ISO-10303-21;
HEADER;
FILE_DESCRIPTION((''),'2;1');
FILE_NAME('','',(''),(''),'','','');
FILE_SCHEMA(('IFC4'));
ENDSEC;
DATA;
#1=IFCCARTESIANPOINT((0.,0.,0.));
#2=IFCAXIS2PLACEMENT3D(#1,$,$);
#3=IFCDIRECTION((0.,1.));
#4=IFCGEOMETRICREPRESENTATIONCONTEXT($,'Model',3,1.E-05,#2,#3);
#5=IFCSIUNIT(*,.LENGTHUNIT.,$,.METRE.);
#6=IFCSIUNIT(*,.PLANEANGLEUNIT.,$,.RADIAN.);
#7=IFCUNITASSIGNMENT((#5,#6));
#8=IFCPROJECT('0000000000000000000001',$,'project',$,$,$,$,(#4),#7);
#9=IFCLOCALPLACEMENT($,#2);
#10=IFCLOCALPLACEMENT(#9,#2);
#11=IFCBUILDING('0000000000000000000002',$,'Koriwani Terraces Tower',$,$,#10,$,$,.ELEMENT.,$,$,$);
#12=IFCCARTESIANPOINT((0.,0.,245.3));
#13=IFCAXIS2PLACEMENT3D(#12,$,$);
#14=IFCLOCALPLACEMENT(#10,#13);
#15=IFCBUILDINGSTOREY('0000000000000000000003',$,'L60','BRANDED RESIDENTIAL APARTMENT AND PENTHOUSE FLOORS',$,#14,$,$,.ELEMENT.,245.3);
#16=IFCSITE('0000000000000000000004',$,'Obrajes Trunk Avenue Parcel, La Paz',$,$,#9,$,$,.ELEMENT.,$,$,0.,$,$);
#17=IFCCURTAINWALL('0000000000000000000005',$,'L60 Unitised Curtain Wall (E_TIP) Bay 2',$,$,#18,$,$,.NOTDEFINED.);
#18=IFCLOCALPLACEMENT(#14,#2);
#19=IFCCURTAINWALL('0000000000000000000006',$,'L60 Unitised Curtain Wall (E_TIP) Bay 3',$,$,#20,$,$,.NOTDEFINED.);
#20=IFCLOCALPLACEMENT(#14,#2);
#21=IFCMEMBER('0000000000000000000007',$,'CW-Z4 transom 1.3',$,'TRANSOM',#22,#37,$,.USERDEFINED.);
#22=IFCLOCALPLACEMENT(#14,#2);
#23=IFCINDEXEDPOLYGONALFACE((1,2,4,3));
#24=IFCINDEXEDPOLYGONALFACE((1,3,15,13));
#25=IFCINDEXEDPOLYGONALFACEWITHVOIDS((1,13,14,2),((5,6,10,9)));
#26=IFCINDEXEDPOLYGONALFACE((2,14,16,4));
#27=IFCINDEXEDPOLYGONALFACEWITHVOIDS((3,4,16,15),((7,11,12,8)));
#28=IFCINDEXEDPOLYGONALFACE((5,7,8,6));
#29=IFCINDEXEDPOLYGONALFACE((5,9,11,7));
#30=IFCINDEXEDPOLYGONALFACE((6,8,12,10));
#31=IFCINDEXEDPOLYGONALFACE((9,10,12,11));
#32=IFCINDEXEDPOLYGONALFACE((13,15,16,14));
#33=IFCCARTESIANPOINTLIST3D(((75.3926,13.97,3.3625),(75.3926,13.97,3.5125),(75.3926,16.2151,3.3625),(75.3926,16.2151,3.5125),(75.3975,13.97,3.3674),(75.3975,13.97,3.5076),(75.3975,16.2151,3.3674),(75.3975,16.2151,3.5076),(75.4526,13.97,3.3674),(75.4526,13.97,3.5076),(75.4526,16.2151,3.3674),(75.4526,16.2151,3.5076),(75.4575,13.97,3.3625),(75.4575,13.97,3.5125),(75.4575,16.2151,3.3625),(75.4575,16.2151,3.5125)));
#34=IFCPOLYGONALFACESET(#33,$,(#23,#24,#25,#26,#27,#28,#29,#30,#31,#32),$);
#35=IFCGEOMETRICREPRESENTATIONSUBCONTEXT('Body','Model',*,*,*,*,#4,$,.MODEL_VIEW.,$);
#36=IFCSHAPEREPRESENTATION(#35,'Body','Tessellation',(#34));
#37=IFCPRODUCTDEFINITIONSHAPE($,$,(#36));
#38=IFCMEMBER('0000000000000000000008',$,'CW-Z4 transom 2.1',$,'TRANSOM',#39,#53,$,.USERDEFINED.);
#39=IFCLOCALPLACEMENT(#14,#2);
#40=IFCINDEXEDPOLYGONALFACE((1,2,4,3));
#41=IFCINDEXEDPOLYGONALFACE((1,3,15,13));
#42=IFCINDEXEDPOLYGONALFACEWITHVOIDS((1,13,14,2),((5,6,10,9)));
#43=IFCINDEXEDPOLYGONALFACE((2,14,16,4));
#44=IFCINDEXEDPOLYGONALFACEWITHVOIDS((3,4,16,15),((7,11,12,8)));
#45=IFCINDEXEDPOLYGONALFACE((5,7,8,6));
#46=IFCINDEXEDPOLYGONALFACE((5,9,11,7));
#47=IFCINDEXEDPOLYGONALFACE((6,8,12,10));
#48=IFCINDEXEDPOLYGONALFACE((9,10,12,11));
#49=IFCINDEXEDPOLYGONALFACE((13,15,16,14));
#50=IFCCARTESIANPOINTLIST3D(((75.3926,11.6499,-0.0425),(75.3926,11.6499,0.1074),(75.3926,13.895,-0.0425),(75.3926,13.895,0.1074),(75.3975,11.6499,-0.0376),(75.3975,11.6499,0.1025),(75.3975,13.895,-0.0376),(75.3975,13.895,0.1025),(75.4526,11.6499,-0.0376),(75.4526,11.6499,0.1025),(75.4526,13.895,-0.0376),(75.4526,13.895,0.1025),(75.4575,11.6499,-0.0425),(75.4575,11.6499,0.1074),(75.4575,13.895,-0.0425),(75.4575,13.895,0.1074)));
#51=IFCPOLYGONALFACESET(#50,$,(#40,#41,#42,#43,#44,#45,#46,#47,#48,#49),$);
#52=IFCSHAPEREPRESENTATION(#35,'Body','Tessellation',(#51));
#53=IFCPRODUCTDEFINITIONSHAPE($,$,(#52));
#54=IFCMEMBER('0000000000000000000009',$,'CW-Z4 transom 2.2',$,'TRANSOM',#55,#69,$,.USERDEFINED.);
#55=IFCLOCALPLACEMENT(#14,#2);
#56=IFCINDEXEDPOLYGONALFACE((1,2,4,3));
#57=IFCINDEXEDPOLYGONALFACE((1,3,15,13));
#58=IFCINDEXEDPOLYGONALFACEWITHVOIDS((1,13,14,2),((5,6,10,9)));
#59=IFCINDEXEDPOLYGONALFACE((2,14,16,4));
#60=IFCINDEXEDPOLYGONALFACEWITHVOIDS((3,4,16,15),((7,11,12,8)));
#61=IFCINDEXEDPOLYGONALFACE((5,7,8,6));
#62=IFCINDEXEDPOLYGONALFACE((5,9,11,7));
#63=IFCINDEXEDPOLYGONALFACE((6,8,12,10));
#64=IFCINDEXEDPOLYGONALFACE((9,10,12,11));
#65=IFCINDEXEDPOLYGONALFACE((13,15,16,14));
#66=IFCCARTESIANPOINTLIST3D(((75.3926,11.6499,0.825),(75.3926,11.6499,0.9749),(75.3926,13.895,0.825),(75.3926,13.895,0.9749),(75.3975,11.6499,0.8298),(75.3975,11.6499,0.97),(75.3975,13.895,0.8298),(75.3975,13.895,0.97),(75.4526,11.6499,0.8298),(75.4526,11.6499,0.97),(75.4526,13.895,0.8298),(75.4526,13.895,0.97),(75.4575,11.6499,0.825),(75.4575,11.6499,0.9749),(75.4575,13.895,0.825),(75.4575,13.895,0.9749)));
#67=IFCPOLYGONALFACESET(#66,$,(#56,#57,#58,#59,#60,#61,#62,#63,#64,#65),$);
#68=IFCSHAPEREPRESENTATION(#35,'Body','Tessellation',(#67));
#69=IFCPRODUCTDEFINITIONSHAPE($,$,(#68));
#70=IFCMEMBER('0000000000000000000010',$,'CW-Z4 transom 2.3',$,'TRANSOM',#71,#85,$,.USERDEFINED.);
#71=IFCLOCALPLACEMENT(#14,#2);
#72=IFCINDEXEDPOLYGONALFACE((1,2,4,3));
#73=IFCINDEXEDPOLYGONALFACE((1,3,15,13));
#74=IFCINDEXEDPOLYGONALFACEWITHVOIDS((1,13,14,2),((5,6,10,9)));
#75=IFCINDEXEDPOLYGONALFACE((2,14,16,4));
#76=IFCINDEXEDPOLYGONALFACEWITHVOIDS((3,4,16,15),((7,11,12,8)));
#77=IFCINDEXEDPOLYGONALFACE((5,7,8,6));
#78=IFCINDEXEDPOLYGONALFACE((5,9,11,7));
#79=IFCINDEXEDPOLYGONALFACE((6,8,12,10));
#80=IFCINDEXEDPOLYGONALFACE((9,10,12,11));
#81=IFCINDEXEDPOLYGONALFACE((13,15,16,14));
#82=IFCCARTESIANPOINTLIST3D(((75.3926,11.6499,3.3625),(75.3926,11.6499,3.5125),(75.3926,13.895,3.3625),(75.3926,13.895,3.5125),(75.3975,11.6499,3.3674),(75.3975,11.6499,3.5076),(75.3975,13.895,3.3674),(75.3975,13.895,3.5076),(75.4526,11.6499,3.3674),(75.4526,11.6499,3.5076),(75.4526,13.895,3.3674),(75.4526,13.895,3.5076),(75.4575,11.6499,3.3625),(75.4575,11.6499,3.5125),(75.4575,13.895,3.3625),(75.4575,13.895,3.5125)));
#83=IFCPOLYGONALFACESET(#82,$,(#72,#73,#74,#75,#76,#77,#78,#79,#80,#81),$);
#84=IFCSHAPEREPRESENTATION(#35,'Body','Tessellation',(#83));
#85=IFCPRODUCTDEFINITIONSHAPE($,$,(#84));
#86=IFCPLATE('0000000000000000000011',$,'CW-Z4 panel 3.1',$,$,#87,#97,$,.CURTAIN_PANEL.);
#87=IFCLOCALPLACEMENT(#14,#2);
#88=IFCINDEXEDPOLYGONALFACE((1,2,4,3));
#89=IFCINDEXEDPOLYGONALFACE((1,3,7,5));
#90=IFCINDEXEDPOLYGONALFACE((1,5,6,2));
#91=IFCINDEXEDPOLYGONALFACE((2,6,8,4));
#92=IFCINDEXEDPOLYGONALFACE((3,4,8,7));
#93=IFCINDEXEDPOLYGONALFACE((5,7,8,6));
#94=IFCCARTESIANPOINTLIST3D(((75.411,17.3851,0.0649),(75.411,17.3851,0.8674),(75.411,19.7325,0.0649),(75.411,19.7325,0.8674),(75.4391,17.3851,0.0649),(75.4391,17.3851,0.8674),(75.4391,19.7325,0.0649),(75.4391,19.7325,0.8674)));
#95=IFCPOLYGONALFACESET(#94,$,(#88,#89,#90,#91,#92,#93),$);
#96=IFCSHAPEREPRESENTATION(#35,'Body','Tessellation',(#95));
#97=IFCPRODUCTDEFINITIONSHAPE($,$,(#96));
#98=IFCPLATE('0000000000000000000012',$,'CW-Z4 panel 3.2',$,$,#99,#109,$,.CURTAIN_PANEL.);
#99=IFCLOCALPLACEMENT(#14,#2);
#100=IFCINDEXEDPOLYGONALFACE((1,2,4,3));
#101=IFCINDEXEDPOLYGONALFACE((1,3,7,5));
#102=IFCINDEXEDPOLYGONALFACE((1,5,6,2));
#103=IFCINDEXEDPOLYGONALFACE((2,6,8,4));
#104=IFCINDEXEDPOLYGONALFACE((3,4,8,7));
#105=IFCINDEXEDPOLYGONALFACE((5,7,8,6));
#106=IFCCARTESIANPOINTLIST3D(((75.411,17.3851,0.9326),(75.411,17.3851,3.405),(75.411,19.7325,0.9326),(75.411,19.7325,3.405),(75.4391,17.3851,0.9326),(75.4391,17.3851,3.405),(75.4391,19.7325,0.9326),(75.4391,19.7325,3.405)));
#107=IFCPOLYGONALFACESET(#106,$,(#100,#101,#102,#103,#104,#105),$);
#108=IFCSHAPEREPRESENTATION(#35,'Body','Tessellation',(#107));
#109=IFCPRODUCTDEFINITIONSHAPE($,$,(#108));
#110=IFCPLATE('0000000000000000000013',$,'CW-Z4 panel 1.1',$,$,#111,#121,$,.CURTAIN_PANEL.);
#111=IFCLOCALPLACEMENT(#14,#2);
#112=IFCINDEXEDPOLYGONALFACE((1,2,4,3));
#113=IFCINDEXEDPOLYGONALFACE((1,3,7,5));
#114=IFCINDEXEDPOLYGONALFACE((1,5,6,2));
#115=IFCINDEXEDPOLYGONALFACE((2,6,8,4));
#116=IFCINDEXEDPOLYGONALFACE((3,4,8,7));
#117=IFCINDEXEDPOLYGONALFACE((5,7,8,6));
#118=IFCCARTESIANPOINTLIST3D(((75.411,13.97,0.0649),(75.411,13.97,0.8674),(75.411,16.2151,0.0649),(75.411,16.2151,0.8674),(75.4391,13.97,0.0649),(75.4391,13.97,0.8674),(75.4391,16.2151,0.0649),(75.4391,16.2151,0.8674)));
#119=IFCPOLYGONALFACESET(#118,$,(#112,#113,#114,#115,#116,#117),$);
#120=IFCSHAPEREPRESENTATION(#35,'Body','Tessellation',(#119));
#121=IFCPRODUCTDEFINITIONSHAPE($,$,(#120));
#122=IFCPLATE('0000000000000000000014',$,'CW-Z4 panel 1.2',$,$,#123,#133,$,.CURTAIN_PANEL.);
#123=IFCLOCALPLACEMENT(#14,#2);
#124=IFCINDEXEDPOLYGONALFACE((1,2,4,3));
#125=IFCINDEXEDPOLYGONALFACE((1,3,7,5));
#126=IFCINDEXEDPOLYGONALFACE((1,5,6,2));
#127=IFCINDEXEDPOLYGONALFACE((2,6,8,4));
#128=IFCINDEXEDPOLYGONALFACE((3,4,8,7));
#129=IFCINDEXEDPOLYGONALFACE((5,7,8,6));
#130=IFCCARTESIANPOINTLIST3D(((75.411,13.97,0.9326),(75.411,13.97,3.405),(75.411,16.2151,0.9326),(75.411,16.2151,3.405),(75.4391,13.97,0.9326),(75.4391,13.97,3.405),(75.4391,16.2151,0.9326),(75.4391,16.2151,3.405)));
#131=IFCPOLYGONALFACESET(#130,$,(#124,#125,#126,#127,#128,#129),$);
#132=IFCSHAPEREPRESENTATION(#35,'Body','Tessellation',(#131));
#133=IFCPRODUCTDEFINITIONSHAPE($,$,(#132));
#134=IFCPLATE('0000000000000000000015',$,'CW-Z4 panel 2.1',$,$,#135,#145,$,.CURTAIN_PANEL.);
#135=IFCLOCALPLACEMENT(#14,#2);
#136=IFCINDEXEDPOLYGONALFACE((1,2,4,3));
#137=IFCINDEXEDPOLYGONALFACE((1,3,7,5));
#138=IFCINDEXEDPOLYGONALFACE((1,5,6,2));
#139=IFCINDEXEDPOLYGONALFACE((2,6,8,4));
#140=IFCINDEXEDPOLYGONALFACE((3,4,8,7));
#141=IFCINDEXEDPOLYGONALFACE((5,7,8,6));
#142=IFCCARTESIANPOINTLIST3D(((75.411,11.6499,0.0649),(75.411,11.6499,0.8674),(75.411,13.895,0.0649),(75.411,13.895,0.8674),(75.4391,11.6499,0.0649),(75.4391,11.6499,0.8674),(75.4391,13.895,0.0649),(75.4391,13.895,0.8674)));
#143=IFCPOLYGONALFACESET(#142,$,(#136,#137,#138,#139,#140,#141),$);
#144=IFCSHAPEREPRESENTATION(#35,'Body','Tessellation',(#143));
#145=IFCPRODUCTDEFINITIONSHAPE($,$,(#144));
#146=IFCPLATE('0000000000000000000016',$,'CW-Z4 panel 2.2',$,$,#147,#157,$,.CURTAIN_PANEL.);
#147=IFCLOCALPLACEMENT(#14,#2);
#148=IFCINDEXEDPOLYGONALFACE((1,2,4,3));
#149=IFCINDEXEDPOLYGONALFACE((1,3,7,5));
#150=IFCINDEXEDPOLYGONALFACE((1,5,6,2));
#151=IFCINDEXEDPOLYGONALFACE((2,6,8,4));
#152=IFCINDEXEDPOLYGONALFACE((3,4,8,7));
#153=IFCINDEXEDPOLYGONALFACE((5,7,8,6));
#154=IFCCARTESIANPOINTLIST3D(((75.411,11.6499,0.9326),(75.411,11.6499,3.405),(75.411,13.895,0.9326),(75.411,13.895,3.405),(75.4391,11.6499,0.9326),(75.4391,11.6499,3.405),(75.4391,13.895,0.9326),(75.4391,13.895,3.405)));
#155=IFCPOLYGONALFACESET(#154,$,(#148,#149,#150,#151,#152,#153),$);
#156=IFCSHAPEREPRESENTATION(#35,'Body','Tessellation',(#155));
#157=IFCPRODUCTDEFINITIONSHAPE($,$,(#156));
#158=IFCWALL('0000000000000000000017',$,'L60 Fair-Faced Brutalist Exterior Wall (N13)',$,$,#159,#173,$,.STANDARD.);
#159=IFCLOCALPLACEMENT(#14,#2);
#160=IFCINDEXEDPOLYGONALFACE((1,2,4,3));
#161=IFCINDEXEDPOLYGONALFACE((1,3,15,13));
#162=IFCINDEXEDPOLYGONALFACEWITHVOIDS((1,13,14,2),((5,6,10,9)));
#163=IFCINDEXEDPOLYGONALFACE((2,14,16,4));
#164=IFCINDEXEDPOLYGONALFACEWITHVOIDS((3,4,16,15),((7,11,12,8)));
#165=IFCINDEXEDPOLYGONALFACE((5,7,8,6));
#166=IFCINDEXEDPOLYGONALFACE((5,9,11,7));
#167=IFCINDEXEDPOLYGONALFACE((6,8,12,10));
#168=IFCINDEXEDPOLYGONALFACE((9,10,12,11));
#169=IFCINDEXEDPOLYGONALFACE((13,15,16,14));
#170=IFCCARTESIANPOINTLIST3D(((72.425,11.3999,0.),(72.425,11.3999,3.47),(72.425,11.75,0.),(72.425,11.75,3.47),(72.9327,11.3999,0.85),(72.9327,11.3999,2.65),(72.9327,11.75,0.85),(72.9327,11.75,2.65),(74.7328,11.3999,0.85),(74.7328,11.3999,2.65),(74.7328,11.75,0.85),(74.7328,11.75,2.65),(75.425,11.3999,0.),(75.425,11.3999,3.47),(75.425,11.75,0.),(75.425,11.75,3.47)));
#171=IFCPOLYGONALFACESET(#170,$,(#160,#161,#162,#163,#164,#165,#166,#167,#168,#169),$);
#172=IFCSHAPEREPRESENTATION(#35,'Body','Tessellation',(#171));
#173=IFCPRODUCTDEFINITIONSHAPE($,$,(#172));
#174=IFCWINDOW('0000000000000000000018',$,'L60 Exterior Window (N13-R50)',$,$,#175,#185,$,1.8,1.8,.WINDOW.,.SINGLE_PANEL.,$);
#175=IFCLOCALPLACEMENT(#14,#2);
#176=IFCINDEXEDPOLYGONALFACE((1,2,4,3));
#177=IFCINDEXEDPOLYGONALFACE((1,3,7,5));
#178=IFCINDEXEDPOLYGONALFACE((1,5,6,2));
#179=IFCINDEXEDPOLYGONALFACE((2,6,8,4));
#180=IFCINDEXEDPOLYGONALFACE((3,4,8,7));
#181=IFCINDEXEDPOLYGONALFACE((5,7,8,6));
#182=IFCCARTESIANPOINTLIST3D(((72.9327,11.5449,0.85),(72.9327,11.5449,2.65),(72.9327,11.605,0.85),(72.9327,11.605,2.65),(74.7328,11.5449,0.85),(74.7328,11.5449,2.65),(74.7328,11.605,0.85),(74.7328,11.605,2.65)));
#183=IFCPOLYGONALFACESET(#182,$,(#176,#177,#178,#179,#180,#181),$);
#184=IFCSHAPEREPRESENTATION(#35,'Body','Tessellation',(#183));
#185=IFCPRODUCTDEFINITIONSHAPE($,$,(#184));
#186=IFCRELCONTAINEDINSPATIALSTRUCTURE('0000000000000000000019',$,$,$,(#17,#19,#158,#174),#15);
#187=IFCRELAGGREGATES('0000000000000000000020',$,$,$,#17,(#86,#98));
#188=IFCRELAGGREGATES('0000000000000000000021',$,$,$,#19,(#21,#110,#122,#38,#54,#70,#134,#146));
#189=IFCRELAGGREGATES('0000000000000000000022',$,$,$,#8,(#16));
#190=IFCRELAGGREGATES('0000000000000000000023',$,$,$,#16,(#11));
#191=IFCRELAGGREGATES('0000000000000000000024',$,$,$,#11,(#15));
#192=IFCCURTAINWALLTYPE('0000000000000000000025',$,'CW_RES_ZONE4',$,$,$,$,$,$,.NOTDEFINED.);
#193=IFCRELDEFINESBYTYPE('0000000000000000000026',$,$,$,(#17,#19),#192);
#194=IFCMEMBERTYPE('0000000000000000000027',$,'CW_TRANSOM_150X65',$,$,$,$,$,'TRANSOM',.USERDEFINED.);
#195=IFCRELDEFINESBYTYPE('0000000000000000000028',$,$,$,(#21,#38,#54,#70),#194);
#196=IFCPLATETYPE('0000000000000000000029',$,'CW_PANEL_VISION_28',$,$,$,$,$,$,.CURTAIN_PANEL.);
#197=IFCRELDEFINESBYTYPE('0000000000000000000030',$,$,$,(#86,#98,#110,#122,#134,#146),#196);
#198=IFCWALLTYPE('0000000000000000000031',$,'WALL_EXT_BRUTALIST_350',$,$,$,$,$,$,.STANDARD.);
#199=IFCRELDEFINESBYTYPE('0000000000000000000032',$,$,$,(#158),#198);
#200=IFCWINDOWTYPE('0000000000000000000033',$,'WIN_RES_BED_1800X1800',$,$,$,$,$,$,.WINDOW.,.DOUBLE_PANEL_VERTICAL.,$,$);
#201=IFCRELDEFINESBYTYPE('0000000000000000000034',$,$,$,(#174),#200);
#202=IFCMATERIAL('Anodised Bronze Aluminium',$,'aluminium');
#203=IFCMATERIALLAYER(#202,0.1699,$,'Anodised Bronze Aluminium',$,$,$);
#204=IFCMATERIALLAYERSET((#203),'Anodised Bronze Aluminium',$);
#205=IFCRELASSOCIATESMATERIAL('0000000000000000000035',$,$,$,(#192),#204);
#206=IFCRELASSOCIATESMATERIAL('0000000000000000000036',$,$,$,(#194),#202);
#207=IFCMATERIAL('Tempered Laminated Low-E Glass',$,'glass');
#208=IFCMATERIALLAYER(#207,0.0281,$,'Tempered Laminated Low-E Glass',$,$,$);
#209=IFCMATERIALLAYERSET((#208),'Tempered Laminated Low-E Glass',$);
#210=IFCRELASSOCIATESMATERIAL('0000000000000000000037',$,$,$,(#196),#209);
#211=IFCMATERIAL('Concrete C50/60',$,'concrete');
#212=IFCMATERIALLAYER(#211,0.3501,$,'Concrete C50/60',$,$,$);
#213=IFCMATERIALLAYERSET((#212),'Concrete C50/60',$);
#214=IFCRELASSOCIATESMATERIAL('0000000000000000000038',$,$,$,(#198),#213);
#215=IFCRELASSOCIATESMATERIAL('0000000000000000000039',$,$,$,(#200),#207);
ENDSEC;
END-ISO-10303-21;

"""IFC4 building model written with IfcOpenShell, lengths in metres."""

from ifc_helpers import new_model, si_unit, direction, frame, frame_2d, origin, origin_2d, place, context, subcontext, project, spatial, rectangle, hollow_rectangle, extrude, material, layer, layer_set, material_profile, profile_set, type_object, element, fill, aggregate, save


model = new_model("IFC4")

# Units and contexts
model_context = context("Model", 3, precision=1e-05, world=origin(), true_north=direction((0.0, 1.0)))
body_context = subcontext(model_context, "Body", "Model", "MODEL_VIEW")
ifc_project = project(units=[si_unit("LENGTHUNIT", "METRE"), si_unit("PLANEANGLEUNIT", "RADIAN")], contexts=[model_context])

# Site, building, storey
site_placement = place(None, origin())
site = spatial("IfcSite", under=ifc_project, at=site_placement, Name="Obrajes Trunk Avenue Parcel, La Paz", CompositionType="ELEMENT", RefElevation=0.0)
building_placement = place(site_placement, origin())
building = spatial("IfcBuilding", under=site, at=building_placement, Name="Koriwani Terraces Tower", CompositionType="ELEMENT")
storey_placement = place(building_placement, frame((0.0, 0.0, 245.3)))
storey = spatial("IfcBuildingStorey", under=building, at=storey_placement, Name="L60", Description="BRANDED RESIDENTIAL APARTMENT AND PENTHOUSE FLOORS", CompositionType="ELEMENT", Elevation=245.3)

# Shared definitions
ifc_material_1 = material(Name="Concrete C50/60", Category="concrete")

# Curtain walls
ifc_material_2 = material(Name="Anodised Bronze Aluminium", Category="aluminium")
ifc_layer_1 = layer(ifc_material_2, 0.1699, Name="Anodised Bronze Aluminium")
ifc_layer_set_1 = layer_set([ifc_layer_1], Name="Anodised Bronze Aluminium")
curtain_wall_type = type_object("IfcCurtainWallType", Name="CW_RES_ZONE4", PredefinedType="NOTDEFINED", material=ifc_layer_set_1)
curtain_wall_1_placement = place(storey_placement, origin())
curtain_wall_1 = element("IfcCurtainWall", 1, at=curtain_wall_1_placement, inside=storey, type_object=curtain_wall_type, Name="L60 Unitised Curtain Wall (E_TIP) Bay 2", PredefinedType="NOTDEFINED")
curtain_wall_2_placement = place(storey_placement, origin())
curtain_wall_2 = element("IfcCurtainWall", 2, at=curtain_wall_2_placement, inside=storey, type_object=curtain_wall_type, Name="L60 Unitised Curtain Wall (E_TIP) Bay 3", PredefinedType="NOTDEFINED")

# Members
ifc_material_profile_1 = material_profile(ifc_material_2, hollow_rectangle(XDim=0.0649, YDim=0.1499, WallThickness=0.0049, at=origin_2d()), Name="Anodised Bronze Aluminium", Category="LoadBearing")
ifc_profile_set_1 = profile_set([ifc_material_profile_1], Name="Anodised Bronze Aluminium")
member_type_1 = type_object("IfcMemberType", Name="CW_TRANSOM_150X65", ElementType="TRANSOM", PredefinedType="USERDEFINED", material=ifc_profile_set_1)
member_1_placement = place(storey_placement, frame((75.425, 16.2151, 3.4375), z_axis=(0.0, -1.0, 0.0), x_axis=(1.0, 0.0, 0.0)))
member_1 = element("IfcMember", 3, at=member_1_placement, type_object=member_type_1, Name="CW-Z4 transom 1.3", ObjectType="TRANSOM", PredefinedType="USERDEFINED", context=body_context, shape_type="SweptSolid", body=[
    extrude(hollow_rectangle(XDim=0.0649, YDim=0.1499, WallThickness=0.0049, at=origin_2d()), origin(), (0.0, 0.0, 1.0), 2.2451),
])
member_2_placement = place(storey_placement, frame((75.425, 13.895, 0.0325), z_axis=(0.0, -1.0, 0.0), x_axis=(1.0, 0.0, 0.0)))
member_2 = element("IfcMember", 4, at=member_2_placement, type_object=member_type_1, Name="CW-Z4 transom 2.1", ObjectType="TRANSOM", PredefinedType="USERDEFINED", context=body_context, shape_type="SweptSolid", body=[
    extrude(hollow_rectangle(XDim=0.0649, YDim=0.1499, WallThickness=0.0049, at=origin_2d()), origin(), (0.0, 0.0, 1.0), 2.2451),
])
member_3_placement = place(storey_placement, frame((75.425, 13.895, 0.8999), z_axis=(0.0, -1.0, 0.0), x_axis=(1.0, 0.0, 0.0)))
member_3 = element("IfcMember", 5, at=member_3_placement, type_object=member_type_1, Name="CW-Z4 transom 2.2", ObjectType="TRANSOM", PredefinedType="USERDEFINED", context=body_context, shape_type="SweptSolid", body=[
    extrude(hollow_rectangle(XDim=0.0649, YDim=0.1499, WallThickness=0.0049, at=origin_2d()), origin(), (0.0, 0.0, 1.0), 2.2451),
])
member_4_placement = place(storey_placement, frame((75.425, 13.895, 3.4375), z_axis=(0.0, -1.0, 0.0), x_axis=(1.0, 0.0, 0.0)))
member_4 = element("IfcMember", 6, at=member_4_placement, type_object=member_type_1, Name="CW-Z4 transom 2.3", ObjectType="TRANSOM", PredefinedType="USERDEFINED", context=body_context, shape_type="SweptSolid", body=[
    extrude(hollow_rectangle(XDim=0.0649, YDim=0.1499, WallThickness=0.0049, at=origin_2d()), origin(), (0.0, 0.0, 1.0), 2.2451),
])

# Plates
ifc_material_3 = material(Name="Tempered Laminated Low-E Glass", Category="glass")
ifc_layer_2 = layer(ifc_material_3, 0.0281, Name="Tempered Laminated Low-E Glass")
ifc_layer_set_2 = layer_set([ifc_layer_2], Name="Tempered Laminated Low-E Glass")
plate_type = type_object("IfcPlateType", Name="CW_PANEL_VISION_28", PredefinedType="CURTAIN_PANEL", material=ifc_layer_set_2)
plate_1_placement = place(storey_placement, frame((75.425, 18.5588, 0.0649), z_axis=(0.0, 0.0, 1.0), x_axis=(0.0, -1.0, 0.0)))
plate_1 = element("IfcPlate", 7, at=plate_1_placement, type_object=plate_type, Name="CW-Z4 panel 3.1", PredefinedType="CURTAIN_PANEL", context=body_context, shape_type="SweptSolid", body=[
    extrude(rectangle(XDim=2.3474, YDim=0.0281, at=origin_2d()), origin(), (0.0, 0.0, 1.0), 0.8025),
])
plate_2_placement = place(storey_placement, frame((75.425, 18.5588, 0.9326), z_axis=(0.0, 0.0, 1.0), x_axis=(0.0, -1.0, 0.0)))
plate_2 = element("IfcPlate", 8, at=plate_2_placement, type_object=plate_type, Name="CW-Z4 panel 3.2", PredefinedType="CURTAIN_PANEL", context=body_context, shape_type="SweptSolid", body=[
    extrude(rectangle(XDim=2.3474, YDim=0.0281, at=origin_2d()), origin(), (0.0, 0.0, 1.0), 2.4724),
])
aggregate(curtain_wall_1, [plate_1, plate_2])
plate_3_placement = place(storey_placement, frame((75.425, 15.0925, 0.0649), z_axis=(0.0, 0.0, 1.0), x_axis=(0.0, -1.0, 0.0)))
plate_3 = element("IfcPlate", 9, at=plate_3_placement, type_object=plate_type, Name="CW-Z4 panel 1.1", PredefinedType="CURTAIN_PANEL", context=body_context, shape_type="SweptSolid", body=[
    extrude(rectangle(XDim=2.2451, YDim=0.0281, at=origin_2d()), origin(), (0.0, 0.0, 1.0), 0.8025),
])
plate_4_placement = place(storey_placement, frame((75.425, 15.0925, 0.9326), z_axis=(0.0, 0.0, 1.0), x_axis=(0.0, -1.0, 0.0)))
plate_4 = element("IfcPlate", 10, at=plate_4_placement, type_object=plate_type, Name="CW-Z4 panel 1.2", PredefinedType="CURTAIN_PANEL", context=body_context, shape_type="SweptSolid", body=[
    extrude(rectangle(XDim=2.2451, YDim=0.0281, at=origin_2d()), origin(), (0.0, 0.0, 1.0), 2.4724),
])
plate_5_placement = place(storey_placement, frame((75.425, 12.7725, 0.0649), z_axis=(0.0, 0.0, 1.0), x_axis=(0.0, -1.0, 0.0)))
plate_5 = element("IfcPlate", 11, at=plate_5_placement, type_object=plate_type, Name="CW-Z4 panel 2.1", PredefinedType="CURTAIN_PANEL", context=body_context, shape_type="SweptSolid", body=[
    extrude(rectangle(XDim=2.2451, YDim=0.0281, at=origin_2d()), origin(), (0.0, 0.0, 1.0), 0.8025),
])
plate_6_placement = place(storey_placement, frame((75.425, 12.7725, 0.9326), z_axis=(0.0, 0.0, 1.0), x_axis=(0.0, -1.0, 0.0)))
plate_6 = element("IfcPlate", 12, at=plate_6_placement, type_object=plate_type, Name="CW-Z4 panel 2.2", PredefinedType="CURTAIN_PANEL", context=body_context, shape_type="SweptSolid", body=[
    extrude(rectangle(XDim=2.2451, YDim=0.0281, at=origin_2d()), origin(), (0.0, 0.0, 1.0), 2.4724),
])
aggregate(curtain_wall_2, [member_1, plate_3, plate_4, member_2, member_3, member_4, plate_5, plate_6])

# Wall, opening, window
ifc_layer_3 = layer(ifc_material_1, 0.3501, Name="Concrete C50/60")
ifc_layer_set_3 = layer_set([ifc_layer_3], Name="Concrete C50/60")
wall_type = type_object("IfcWallType", Name="WALL_EXT_BRUTALIST_350", PredefinedType="STANDARD", material=ifc_layer_set_3)
wall_placement = place(storey_placement, frame((75.425, 11.575, 0.0), z_axis=(0.0, 0.0, 1.0), x_axis=(-1.0, 0.0, 0.0)))
wall = element("IfcWall", 13, at=wall_placement, inside=storey, type_object=wall_type, Name="L60 Fair-Faced Brutalist Exterior Wall (N13)", PredefinedType="STANDARD", context=body_context, shape_type="SweptSolid", body=[
    extrude(rectangle(XDim=3.0, YDim=0.3501, at=frame_2d((1.5, 0.0))), origin(), (0.0, 0.0, 1.0), 3.47),
])
opening_placement = place(wall_placement, frame((0.6924, 0.0, 0.8501)))
opening = element("IfcOpeningElement", 14, at=opening_placement, cuts=wall, PredefinedType="OPENING", context=body_context, shape_type="SweptSolid", body=[
    extrude(rectangle(XDim=1.8, YDim=1.8, at=frame_2d((0.8999, 0.8999))), frame((0.0, 0.1851, 0.0), z_axis=(0.0, -1.0, 0.0), x_axis=(1.0, 0.0, 0.0)), (0.0, 0.0, 1.0), 0.3701),
])
window_type = type_object("IfcWindowType", Name="WIN_RES_BED_1800X1800", PartitioningType="DOUBLE_PANEL_VERTICAL", PredefinedType="WINDOW", material=ifc_material_3)
window_placement = place(opening_placement, origin())
window = element("IfcWindow", 15, at=window_placement, inside=storey, type_object=window_type, Name="L60 Exterior Window (N13-R50)", OverallHeight=1.8, OverallWidth=1.8, PartitioningType="SINGLE_PANEL", PredefinedType="WINDOW", context=body_context, shape_type="SweptSolid", body=[
    extrude(rectangle(XDim=1.8, YDim=1.8, at=frame_2d((0.8999, 0.8999))), frame((0.0, 0.03, 0.0), z_axis=(0.0, -1.0, 0.0), x_axis=(1.0, 0.0, 0.0)), (0.0, 0.0, 1.0), 0.0601),
])
fill(opening, window)

save(model, "model.ifc")
